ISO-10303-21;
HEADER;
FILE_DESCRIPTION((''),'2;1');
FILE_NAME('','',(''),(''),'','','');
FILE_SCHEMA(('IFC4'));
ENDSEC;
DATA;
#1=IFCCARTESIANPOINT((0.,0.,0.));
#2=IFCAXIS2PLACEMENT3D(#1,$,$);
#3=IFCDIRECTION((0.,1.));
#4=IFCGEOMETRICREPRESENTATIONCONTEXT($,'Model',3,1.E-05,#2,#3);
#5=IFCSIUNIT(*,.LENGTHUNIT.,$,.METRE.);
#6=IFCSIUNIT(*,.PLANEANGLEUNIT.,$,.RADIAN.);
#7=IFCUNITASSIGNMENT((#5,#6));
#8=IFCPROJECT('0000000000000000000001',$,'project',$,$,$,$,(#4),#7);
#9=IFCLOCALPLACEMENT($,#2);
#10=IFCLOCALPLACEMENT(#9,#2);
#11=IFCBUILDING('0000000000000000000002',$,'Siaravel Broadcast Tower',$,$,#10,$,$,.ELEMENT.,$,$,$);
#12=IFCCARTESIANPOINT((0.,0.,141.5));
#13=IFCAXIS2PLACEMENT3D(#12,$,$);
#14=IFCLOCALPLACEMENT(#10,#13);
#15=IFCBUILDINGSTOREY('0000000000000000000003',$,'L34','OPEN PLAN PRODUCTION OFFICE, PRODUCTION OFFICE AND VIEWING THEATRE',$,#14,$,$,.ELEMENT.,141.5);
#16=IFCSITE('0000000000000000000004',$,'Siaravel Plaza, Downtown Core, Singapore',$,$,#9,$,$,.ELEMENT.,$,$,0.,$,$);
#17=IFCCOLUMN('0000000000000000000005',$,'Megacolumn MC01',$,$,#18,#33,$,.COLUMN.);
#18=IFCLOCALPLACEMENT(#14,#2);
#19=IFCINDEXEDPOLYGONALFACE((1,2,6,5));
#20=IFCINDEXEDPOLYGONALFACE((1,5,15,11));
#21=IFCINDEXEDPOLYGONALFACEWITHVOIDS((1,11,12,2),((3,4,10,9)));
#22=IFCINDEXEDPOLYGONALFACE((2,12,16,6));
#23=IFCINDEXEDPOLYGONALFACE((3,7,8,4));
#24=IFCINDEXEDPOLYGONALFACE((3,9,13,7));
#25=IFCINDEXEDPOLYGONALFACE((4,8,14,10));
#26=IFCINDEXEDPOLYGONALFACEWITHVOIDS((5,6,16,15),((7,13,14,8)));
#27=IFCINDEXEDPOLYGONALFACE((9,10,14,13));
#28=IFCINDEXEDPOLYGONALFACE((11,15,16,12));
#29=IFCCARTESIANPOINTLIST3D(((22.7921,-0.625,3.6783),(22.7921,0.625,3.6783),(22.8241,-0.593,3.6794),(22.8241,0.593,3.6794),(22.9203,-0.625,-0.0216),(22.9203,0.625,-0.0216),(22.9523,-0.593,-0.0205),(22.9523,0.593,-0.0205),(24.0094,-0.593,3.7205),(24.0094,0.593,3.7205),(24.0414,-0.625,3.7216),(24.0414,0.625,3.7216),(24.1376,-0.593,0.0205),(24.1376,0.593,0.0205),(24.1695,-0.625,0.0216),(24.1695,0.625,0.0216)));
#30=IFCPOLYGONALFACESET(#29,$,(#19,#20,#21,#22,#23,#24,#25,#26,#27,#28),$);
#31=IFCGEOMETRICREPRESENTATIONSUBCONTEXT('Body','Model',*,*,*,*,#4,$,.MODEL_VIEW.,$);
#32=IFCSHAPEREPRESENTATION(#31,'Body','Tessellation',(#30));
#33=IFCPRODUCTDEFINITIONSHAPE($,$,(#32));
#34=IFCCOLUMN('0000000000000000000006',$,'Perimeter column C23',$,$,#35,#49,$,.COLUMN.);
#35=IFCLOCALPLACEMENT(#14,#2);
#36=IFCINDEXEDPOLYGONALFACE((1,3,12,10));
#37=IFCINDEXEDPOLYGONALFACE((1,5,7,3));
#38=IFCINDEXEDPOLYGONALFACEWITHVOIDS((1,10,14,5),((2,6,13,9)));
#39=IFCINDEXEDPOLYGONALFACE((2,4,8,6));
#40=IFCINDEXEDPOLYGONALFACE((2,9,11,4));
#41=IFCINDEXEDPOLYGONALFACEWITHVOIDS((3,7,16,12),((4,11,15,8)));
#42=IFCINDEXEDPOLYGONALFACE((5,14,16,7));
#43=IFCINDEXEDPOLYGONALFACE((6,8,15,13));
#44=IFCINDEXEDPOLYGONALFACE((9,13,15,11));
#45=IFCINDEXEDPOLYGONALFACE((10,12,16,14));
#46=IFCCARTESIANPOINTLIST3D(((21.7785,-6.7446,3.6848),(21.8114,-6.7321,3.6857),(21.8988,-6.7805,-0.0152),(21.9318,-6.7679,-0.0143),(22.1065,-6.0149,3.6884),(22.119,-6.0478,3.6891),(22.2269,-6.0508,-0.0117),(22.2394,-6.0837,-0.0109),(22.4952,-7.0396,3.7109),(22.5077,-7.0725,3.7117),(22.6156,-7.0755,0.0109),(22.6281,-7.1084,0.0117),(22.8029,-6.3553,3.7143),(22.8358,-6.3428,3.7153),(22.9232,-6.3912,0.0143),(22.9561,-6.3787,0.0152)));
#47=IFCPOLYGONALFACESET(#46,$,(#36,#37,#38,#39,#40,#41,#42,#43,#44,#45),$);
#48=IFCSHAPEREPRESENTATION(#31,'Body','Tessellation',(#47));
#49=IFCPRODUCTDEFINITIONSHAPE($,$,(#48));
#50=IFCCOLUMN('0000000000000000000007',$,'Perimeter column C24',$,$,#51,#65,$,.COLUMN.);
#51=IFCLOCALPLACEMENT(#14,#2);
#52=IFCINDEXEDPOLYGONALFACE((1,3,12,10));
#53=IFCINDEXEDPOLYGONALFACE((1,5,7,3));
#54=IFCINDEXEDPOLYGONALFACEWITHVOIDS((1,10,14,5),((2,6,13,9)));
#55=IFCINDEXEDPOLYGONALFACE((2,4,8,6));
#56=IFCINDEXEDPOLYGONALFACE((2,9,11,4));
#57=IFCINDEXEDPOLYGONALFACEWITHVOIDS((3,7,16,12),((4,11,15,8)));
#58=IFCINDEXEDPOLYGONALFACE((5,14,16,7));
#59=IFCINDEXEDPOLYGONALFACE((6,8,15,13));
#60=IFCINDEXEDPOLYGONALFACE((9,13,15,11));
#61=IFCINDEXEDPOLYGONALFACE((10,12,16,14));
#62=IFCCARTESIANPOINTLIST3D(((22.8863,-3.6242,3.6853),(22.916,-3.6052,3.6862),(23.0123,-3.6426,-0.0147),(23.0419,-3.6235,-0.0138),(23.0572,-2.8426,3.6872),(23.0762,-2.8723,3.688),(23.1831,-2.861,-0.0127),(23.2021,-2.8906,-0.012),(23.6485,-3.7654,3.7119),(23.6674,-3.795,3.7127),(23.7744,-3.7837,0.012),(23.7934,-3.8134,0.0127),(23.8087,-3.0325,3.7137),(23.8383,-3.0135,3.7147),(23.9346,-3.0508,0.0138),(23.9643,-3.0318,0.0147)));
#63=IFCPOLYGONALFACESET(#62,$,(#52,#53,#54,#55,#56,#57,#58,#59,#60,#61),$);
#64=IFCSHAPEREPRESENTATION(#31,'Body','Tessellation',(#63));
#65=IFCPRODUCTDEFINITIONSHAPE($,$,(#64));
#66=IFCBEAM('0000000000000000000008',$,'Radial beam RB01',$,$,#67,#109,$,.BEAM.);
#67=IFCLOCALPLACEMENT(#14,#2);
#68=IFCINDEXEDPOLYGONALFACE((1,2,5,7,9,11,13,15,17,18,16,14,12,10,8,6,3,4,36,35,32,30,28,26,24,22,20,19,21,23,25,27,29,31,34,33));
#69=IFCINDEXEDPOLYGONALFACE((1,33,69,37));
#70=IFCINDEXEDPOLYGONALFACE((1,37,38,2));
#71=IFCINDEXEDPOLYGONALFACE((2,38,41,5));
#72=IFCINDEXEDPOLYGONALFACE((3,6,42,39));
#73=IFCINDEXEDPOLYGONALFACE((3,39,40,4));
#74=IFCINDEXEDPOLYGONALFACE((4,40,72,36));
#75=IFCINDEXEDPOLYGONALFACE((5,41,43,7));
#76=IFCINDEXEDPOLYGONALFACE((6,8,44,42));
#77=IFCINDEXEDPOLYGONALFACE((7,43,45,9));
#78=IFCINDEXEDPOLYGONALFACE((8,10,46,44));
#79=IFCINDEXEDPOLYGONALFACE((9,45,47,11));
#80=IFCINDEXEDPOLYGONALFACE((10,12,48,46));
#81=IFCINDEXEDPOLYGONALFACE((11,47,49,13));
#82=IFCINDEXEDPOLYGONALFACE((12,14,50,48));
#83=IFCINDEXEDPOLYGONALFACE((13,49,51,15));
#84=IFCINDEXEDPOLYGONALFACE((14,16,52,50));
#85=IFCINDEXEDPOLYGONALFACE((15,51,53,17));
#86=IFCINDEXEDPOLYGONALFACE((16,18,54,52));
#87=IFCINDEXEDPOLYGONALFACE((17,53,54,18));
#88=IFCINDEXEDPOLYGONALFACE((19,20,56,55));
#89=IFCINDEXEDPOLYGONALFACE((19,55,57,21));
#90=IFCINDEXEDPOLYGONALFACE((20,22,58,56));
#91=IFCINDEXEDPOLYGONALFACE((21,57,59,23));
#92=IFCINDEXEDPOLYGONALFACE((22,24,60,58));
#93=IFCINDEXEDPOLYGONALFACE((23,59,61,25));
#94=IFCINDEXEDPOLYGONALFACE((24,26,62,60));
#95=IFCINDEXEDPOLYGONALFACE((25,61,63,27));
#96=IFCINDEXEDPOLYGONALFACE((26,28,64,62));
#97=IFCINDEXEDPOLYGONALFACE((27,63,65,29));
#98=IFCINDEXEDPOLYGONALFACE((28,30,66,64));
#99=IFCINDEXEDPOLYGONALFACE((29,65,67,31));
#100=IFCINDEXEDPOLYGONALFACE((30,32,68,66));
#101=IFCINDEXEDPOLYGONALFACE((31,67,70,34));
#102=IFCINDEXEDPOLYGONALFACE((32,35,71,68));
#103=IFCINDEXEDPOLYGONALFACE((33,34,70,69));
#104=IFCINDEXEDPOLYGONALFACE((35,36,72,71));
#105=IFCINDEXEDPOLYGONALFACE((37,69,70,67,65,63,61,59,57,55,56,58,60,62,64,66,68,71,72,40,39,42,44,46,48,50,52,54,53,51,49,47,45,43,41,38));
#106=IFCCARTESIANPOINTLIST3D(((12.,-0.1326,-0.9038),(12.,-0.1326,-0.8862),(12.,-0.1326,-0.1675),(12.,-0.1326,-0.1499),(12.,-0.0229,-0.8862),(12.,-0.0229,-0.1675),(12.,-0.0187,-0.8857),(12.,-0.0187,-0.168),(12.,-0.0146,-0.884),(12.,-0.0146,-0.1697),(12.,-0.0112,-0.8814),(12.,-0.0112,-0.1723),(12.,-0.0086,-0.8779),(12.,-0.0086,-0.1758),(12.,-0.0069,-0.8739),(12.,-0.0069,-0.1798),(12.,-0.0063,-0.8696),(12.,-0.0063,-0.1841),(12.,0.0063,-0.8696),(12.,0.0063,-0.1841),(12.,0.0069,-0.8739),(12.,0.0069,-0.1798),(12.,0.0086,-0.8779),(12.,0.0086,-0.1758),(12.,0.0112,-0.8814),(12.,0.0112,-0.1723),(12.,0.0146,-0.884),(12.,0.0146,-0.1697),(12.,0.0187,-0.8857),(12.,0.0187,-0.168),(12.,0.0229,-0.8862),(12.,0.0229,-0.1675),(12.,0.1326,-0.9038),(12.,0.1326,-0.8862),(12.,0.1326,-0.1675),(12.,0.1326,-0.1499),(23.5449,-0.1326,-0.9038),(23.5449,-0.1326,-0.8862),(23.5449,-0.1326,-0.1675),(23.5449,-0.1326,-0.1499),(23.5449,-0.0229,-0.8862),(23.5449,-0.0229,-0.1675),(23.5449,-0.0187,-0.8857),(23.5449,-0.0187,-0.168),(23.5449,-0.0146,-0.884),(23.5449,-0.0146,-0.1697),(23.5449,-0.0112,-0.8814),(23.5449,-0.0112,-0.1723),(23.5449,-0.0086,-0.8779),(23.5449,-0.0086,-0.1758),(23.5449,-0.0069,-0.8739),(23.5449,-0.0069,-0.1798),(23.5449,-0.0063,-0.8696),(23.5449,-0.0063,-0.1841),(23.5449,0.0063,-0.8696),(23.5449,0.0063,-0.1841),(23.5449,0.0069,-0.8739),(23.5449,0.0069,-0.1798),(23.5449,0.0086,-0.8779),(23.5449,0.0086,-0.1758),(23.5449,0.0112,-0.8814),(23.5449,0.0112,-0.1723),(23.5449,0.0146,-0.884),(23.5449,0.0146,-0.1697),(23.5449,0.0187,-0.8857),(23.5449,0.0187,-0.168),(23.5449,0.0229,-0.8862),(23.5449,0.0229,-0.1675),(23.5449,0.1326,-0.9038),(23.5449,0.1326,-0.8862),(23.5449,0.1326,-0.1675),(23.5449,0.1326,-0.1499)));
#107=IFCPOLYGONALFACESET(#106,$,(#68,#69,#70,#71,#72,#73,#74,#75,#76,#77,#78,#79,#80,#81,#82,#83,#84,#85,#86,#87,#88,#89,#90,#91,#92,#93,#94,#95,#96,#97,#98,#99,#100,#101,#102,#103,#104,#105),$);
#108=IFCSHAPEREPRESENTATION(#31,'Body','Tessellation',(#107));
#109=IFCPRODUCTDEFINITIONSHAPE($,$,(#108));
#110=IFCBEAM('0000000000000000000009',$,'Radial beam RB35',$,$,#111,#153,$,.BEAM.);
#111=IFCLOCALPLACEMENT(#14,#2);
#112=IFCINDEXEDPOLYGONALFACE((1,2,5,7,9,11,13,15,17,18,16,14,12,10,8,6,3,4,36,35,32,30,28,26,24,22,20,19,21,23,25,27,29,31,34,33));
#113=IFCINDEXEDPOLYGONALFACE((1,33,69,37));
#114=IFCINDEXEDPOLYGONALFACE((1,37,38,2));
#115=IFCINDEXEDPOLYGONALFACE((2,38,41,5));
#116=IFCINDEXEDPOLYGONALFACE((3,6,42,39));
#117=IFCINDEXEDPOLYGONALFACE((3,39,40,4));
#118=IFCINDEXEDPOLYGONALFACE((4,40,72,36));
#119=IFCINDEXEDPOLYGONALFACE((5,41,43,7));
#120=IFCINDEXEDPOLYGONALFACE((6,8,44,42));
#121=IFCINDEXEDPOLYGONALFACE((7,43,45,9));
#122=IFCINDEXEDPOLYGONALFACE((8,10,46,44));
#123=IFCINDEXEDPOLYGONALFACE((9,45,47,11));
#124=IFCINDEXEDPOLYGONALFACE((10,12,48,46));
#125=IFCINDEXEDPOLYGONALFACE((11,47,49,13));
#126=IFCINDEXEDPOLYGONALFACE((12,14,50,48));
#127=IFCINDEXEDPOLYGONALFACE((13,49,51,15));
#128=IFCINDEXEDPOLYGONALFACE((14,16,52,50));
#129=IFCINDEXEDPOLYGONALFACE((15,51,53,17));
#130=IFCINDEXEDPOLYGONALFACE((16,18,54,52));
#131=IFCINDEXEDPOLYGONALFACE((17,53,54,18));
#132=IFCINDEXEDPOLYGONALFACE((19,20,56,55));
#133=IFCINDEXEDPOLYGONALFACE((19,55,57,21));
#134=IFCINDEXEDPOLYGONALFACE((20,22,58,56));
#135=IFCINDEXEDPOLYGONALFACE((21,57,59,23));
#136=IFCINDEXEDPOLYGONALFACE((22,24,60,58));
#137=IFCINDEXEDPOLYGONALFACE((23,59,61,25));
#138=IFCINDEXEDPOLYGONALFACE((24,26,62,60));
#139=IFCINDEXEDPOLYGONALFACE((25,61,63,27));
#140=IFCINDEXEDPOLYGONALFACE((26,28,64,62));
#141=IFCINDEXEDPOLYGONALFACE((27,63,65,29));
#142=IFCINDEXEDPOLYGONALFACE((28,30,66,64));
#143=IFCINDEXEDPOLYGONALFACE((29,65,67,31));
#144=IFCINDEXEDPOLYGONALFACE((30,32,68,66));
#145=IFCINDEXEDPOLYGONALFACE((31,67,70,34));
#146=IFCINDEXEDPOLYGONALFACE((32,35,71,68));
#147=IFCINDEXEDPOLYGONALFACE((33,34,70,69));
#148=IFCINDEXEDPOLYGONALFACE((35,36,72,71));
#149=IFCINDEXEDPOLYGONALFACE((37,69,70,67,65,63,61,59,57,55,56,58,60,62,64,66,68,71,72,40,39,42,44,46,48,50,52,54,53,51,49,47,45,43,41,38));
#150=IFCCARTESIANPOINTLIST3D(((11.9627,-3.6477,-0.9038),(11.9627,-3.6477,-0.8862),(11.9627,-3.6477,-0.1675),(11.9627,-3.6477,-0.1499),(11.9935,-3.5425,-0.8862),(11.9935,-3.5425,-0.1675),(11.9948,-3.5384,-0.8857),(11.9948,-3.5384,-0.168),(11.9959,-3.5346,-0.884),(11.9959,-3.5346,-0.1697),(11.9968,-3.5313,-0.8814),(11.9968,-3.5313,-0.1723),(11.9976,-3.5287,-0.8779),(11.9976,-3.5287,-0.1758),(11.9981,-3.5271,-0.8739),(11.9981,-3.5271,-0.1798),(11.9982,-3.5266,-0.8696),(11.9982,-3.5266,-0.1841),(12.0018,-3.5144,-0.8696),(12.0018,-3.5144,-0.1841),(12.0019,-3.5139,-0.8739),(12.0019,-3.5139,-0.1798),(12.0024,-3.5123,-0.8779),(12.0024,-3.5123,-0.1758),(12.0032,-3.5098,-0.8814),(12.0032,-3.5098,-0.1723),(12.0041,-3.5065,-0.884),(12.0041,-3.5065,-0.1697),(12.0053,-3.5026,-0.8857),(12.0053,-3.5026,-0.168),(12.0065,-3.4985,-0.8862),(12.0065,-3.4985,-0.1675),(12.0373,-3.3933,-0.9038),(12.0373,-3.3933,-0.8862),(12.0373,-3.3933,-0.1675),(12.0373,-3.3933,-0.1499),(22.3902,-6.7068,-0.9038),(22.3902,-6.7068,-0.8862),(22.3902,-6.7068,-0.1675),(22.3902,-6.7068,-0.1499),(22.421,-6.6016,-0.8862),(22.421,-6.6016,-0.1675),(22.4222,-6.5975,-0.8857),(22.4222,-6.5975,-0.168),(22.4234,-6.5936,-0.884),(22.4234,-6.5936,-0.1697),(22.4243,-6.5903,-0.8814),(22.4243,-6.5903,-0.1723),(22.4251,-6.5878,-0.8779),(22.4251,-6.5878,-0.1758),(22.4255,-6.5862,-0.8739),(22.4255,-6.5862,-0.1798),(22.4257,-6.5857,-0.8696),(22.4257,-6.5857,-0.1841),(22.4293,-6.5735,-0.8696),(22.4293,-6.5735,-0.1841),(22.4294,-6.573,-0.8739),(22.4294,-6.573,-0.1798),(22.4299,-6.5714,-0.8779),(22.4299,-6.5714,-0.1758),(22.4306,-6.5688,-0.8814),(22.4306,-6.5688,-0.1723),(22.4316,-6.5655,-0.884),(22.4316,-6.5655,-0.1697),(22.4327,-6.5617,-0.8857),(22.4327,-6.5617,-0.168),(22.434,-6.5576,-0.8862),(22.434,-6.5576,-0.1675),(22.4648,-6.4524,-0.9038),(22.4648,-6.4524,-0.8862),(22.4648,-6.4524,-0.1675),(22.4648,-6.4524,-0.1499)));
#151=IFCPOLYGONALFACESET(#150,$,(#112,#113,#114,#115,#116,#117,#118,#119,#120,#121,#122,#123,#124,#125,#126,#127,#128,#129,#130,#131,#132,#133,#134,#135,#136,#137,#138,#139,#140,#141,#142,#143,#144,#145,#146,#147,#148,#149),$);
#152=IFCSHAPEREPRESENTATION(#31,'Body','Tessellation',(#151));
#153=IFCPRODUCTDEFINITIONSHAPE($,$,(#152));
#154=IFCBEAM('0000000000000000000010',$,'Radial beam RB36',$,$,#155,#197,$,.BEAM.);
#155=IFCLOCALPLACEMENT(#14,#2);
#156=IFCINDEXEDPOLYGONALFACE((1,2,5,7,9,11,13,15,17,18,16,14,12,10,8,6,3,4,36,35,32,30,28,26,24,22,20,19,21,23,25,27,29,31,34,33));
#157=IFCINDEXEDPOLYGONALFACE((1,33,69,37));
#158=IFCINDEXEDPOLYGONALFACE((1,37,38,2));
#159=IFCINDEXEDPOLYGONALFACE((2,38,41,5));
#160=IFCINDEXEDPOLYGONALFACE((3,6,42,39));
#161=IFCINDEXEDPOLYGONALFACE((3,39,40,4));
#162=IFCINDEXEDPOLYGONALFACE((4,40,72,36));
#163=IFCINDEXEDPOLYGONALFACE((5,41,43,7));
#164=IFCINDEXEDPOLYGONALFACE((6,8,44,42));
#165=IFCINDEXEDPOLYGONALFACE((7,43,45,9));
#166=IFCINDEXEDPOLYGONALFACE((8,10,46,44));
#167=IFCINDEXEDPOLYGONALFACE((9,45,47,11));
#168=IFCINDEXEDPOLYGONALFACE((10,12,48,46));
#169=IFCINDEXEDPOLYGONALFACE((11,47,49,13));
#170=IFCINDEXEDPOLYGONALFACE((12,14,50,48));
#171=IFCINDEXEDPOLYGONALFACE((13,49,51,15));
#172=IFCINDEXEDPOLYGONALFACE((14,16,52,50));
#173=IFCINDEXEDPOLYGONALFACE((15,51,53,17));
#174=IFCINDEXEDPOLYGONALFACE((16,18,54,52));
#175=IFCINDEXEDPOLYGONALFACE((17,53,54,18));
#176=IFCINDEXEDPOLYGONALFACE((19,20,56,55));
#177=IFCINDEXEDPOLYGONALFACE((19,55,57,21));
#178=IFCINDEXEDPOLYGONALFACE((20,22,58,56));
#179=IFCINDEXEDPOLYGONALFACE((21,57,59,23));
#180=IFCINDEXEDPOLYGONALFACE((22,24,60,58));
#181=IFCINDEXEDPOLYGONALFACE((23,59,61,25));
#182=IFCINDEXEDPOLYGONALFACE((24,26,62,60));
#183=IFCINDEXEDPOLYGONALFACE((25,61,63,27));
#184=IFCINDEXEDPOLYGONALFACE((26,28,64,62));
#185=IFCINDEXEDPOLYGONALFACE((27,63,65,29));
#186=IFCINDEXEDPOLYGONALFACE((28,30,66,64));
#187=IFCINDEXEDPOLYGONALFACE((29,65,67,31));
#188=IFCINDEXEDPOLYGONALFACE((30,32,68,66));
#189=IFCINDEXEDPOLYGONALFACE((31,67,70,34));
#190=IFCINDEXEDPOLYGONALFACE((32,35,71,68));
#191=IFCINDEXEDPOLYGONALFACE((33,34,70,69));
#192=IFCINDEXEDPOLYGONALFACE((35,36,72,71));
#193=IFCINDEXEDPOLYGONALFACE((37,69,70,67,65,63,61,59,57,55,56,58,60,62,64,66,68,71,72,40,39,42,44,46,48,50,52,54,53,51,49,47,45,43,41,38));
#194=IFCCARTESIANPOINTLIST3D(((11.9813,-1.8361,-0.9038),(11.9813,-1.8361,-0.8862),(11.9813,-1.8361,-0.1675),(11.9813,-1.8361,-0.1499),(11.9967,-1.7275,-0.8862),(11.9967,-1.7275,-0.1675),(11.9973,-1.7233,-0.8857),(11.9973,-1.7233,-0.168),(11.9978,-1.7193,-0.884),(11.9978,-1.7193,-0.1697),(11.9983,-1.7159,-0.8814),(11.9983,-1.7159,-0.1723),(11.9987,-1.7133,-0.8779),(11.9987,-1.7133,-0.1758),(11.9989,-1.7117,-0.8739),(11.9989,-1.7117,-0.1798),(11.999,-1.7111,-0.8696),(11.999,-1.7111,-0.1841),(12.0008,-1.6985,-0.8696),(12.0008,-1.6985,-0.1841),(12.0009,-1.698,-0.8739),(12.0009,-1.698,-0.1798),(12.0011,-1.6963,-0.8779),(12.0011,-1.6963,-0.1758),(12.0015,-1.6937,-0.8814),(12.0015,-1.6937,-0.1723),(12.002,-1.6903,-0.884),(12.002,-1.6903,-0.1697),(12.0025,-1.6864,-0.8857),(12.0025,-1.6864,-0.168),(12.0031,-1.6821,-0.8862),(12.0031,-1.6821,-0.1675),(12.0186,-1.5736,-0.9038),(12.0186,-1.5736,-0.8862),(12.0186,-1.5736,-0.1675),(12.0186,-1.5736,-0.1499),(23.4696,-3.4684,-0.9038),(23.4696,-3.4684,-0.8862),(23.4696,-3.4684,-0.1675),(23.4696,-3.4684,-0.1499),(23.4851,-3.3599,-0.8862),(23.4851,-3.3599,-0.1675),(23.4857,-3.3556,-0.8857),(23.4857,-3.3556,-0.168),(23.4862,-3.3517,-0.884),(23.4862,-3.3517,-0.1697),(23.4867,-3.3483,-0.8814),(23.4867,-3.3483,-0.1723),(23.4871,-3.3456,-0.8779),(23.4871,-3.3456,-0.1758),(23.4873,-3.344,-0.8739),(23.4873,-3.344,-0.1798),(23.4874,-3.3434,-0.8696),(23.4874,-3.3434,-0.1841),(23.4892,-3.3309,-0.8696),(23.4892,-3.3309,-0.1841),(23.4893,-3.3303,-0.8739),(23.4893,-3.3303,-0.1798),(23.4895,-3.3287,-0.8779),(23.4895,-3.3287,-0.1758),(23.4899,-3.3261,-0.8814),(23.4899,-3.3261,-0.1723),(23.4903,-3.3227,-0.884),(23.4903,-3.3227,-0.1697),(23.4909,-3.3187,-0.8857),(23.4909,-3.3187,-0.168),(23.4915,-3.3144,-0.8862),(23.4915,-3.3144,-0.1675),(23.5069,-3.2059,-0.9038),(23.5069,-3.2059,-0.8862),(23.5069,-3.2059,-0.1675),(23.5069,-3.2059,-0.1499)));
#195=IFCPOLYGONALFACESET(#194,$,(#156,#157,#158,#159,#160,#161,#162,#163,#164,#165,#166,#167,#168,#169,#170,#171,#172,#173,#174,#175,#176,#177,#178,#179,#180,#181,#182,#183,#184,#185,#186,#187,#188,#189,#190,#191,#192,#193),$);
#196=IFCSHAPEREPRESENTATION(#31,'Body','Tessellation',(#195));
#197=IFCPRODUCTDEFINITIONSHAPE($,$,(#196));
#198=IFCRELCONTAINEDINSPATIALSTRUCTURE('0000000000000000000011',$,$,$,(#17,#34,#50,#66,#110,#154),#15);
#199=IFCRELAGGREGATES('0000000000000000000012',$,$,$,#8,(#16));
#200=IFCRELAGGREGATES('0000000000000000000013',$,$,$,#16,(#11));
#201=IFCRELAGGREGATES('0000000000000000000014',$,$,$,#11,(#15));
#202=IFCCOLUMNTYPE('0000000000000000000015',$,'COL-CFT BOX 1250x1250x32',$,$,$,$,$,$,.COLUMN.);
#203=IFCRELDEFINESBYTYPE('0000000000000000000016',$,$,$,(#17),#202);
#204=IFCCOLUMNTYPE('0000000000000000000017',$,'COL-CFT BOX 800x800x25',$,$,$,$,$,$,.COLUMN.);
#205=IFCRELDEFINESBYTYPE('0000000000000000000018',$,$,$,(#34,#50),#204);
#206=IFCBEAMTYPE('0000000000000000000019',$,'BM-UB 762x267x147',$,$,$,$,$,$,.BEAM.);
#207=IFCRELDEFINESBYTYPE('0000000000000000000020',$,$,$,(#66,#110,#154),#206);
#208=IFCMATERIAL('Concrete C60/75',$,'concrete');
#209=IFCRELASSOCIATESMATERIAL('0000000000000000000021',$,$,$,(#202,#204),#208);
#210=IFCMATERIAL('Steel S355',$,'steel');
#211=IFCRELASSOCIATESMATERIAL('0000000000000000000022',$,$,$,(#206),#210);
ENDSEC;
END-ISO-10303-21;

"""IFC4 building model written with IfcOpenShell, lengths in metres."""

from ifc_helpers import new_model, si_unit, direction, frame, origin, origin_2d, place, context, subcontext, project, spatial, hollow_rectangle, i_section, extrude, material, material_profile, profile_set, type_object, element, save


model = new_model("IFC4")

# Units and contexts
model_context = context("Model", 3, precision=1e-05, world=origin(), true_north=direction((0.0, 1.0)))
body_context = subcontext(model_context, "Body", "Model", "MODEL_VIEW")
ifc_project = project(units=[si_unit("LENGTHUNIT", "METRE"), si_unit("PLANEANGLEUNIT", "RADIAN")], contexts=[model_context])

# Site, building, storey
site_placement = place(None, origin())
site = spatial("IfcSite", under=ifc_project, at=site_placement, Name="Siaravel Plaza, Downtown Core, Singapore", CompositionType="ELEMENT", RefElevation=0.0)
building_placement = place(site_placement, origin())
building = spatial("IfcBuilding", under=site, at=building_placement, Name="Siaravel Broadcast Tower", CompositionType="ELEMENT")
storey_placement = place(building_placement, frame((0.0, 0.0, 141.5)))
storey = spatial("IfcBuildingStorey", under=building, at=storey_placement, Name="L34", Description="OPEN PLAN PRODUCTION OFFICE, PRODUCTION OFFICE AND VIEWING THEATRE", CompositionType="ELEMENT", Elevation=141.5)

# Columns
ifc_material_1 = material(Name="Concrete C60/75", Category="concrete")
ifc_material_profile_1 = material_profile(ifc_material_1, hollow_rectangle(XDim=1.25, YDim=1.25, WallThickness=0.032, at=origin_2d()))
ifc_profile_set_1 = profile_set([ifc_material_profile_1], Name="Concrete C60/75")
column_type_1 = type_object("IfcColumnType", Name="COL-CFT BOX 1250x1250x32", PredefinedType="COLUMN", material=ifc_profile_set_1)
column_placement = place(storey_placement, frame((23.5449, 0.0, 0.0), z_axis=(-0.034621, 0.0, 0.999401), x_axis=(0.0, -1.0, 0.0)))
element("IfcColumn", 1, at=column_placement, inside=storey, type_object=column_type_1, Name="Megacolumn MC01", PredefinedType="COLUMN", context=body_context, shape_type="SweptSolid", body=[
    extrude(hollow_rectangle(XDim=1.25, YDim=1.25, WallThickness=0.032, at=origin_2d()), origin(), (0.0, 0.0, 1.0), 3.7021),
])
ifc_material_profile_2 = material_profile(ifc_material_1, hollow_rectangle(XDim=0.8, YDim=0.8, WallThickness=0.0249, at=origin_2d()))
ifc_profile_set_2 = profile_set([ifc_material_profile_2], Name="Concrete C60/75")
column_type_2 = type_object("IfcColumnType", Name="COL-CFT BOX 800x800x25", PredefinedType="COLUMN", material=ifc_profile_set_2)
for number, where, z_axis, x_axis, name in (
    (2, (22.4275, -6.5796, 0.0), (-0.032512, 0.009694, 0.999424), (-0.410029, -0.912061, -0.004492), "Perimeter column C23"),
    (3, (23.4883, -3.3372, 0.0), (-0.034028, 0.004946, 0.999409), (-0.213534, -0.976933, -0.002436), "Perimeter column C24"),
):
    element("IfcColumn", number, at=place(storey_placement, frame(where, z_axis=z_axis, x_axis=x_axis)), inside=storey, type_object=column_type_2, Name=name, PredefinedType="COLUMN", context=body_context, shape_type="SweptSolid", body=[
        extrude(hollow_rectangle(XDim=0.8, YDim=0.8, WallThickness=0.0249, at=origin_2d()), origin(), (0.0, 0.0, 1.0), 3.7021),
    ])

# Beams
ifc_material_2 = material(Name="Steel S355", Category="steel")
ifc_material_profile_3 = material_profile(ifc_material_2, i_section(OverallWidth=0.2651, OverallDepth=0.7539, WebThickness=0.0127, FlangeThickness=0.0176, FilletRadius=0.0166, at=origin_2d()))
ifc_profile_set_3 = profile_set([ifc_material_profile_3], Name="Steel S355")
beam_type = type_object("IfcBeamType", Name="BM-UB 762x267x147", PredefinedType="BEAM", material=ifc_profile_set_3)
beam_1_placement = place(storey_placement, frame((23.5449, 0.0, -0.5269), z_axis=(-1.0, 0.0, 0.0), x_axis=(0.0, -1.0, 0.0)))
element("IfcBeam", 4, at=beam_1_placement, inside=storey, type_object=beam_type, Name="Radial beam RB01", PredefinedType="BEAM", context=body_context, shape_type="SweptSolid", body=[
    extrude(i_section(OverallWidth=0.2651, OverallDepth=0.7539, WebThickness=0.0127, FlangeThickness=0.0176, FilletRadius=0.0166, at=origin_2d()), origin(), (0.0, 0.0, 1.0), 11.5449),
])
beam_2_placement = place(storey_placement, frame((22.4275, -6.5796, -0.5269), z_axis=(-0.95956, 0.281503, 0.0), x_axis=(-0.281503, -0.95956, 0.0)))
element("IfcBeam", 5, at=beam_2_placement, inside=storey, type_object=beam_type, Name="Radial beam RB35", PredefinedType="BEAM", context=body_context, shape_type="SweptSolid", body=[
    extrude(i_section(OverallWidth=0.2651, OverallDepth=0.7539, WebThickness=0.0127, FlangeThickness=0.0176, FilletRadius=0.0166, at=origin_2d()), origin(), (0.0, 0.0, 1.0), 10.8669),
])
beam_3_placement = place(storey_placement, frame((23.4883, -3.3372, -0.5269), z_axis=(-0.990056, 0.140673, 0.0), x_axis=(-0.140673, -0.990056, 0.0)))
element("IfcBeam", 6, at=beam_3_placement, inside=storey, type_object=beam_type, Name="Radial beam RB36", PredefinedType="BEAM", context=body_context, shape_type="SweptSolid", body=[
    extrude(i_section(OverallWidth=0.2651, OverallDepth=0.7539, WebThickness=0.0127, FlangeThickness=0.0176, FilletRadius=0.0166, at=origin_2d()), origin(), (0.0, 0.0, 1.0), 11.6038),
])

save(model, "model.ifc")
